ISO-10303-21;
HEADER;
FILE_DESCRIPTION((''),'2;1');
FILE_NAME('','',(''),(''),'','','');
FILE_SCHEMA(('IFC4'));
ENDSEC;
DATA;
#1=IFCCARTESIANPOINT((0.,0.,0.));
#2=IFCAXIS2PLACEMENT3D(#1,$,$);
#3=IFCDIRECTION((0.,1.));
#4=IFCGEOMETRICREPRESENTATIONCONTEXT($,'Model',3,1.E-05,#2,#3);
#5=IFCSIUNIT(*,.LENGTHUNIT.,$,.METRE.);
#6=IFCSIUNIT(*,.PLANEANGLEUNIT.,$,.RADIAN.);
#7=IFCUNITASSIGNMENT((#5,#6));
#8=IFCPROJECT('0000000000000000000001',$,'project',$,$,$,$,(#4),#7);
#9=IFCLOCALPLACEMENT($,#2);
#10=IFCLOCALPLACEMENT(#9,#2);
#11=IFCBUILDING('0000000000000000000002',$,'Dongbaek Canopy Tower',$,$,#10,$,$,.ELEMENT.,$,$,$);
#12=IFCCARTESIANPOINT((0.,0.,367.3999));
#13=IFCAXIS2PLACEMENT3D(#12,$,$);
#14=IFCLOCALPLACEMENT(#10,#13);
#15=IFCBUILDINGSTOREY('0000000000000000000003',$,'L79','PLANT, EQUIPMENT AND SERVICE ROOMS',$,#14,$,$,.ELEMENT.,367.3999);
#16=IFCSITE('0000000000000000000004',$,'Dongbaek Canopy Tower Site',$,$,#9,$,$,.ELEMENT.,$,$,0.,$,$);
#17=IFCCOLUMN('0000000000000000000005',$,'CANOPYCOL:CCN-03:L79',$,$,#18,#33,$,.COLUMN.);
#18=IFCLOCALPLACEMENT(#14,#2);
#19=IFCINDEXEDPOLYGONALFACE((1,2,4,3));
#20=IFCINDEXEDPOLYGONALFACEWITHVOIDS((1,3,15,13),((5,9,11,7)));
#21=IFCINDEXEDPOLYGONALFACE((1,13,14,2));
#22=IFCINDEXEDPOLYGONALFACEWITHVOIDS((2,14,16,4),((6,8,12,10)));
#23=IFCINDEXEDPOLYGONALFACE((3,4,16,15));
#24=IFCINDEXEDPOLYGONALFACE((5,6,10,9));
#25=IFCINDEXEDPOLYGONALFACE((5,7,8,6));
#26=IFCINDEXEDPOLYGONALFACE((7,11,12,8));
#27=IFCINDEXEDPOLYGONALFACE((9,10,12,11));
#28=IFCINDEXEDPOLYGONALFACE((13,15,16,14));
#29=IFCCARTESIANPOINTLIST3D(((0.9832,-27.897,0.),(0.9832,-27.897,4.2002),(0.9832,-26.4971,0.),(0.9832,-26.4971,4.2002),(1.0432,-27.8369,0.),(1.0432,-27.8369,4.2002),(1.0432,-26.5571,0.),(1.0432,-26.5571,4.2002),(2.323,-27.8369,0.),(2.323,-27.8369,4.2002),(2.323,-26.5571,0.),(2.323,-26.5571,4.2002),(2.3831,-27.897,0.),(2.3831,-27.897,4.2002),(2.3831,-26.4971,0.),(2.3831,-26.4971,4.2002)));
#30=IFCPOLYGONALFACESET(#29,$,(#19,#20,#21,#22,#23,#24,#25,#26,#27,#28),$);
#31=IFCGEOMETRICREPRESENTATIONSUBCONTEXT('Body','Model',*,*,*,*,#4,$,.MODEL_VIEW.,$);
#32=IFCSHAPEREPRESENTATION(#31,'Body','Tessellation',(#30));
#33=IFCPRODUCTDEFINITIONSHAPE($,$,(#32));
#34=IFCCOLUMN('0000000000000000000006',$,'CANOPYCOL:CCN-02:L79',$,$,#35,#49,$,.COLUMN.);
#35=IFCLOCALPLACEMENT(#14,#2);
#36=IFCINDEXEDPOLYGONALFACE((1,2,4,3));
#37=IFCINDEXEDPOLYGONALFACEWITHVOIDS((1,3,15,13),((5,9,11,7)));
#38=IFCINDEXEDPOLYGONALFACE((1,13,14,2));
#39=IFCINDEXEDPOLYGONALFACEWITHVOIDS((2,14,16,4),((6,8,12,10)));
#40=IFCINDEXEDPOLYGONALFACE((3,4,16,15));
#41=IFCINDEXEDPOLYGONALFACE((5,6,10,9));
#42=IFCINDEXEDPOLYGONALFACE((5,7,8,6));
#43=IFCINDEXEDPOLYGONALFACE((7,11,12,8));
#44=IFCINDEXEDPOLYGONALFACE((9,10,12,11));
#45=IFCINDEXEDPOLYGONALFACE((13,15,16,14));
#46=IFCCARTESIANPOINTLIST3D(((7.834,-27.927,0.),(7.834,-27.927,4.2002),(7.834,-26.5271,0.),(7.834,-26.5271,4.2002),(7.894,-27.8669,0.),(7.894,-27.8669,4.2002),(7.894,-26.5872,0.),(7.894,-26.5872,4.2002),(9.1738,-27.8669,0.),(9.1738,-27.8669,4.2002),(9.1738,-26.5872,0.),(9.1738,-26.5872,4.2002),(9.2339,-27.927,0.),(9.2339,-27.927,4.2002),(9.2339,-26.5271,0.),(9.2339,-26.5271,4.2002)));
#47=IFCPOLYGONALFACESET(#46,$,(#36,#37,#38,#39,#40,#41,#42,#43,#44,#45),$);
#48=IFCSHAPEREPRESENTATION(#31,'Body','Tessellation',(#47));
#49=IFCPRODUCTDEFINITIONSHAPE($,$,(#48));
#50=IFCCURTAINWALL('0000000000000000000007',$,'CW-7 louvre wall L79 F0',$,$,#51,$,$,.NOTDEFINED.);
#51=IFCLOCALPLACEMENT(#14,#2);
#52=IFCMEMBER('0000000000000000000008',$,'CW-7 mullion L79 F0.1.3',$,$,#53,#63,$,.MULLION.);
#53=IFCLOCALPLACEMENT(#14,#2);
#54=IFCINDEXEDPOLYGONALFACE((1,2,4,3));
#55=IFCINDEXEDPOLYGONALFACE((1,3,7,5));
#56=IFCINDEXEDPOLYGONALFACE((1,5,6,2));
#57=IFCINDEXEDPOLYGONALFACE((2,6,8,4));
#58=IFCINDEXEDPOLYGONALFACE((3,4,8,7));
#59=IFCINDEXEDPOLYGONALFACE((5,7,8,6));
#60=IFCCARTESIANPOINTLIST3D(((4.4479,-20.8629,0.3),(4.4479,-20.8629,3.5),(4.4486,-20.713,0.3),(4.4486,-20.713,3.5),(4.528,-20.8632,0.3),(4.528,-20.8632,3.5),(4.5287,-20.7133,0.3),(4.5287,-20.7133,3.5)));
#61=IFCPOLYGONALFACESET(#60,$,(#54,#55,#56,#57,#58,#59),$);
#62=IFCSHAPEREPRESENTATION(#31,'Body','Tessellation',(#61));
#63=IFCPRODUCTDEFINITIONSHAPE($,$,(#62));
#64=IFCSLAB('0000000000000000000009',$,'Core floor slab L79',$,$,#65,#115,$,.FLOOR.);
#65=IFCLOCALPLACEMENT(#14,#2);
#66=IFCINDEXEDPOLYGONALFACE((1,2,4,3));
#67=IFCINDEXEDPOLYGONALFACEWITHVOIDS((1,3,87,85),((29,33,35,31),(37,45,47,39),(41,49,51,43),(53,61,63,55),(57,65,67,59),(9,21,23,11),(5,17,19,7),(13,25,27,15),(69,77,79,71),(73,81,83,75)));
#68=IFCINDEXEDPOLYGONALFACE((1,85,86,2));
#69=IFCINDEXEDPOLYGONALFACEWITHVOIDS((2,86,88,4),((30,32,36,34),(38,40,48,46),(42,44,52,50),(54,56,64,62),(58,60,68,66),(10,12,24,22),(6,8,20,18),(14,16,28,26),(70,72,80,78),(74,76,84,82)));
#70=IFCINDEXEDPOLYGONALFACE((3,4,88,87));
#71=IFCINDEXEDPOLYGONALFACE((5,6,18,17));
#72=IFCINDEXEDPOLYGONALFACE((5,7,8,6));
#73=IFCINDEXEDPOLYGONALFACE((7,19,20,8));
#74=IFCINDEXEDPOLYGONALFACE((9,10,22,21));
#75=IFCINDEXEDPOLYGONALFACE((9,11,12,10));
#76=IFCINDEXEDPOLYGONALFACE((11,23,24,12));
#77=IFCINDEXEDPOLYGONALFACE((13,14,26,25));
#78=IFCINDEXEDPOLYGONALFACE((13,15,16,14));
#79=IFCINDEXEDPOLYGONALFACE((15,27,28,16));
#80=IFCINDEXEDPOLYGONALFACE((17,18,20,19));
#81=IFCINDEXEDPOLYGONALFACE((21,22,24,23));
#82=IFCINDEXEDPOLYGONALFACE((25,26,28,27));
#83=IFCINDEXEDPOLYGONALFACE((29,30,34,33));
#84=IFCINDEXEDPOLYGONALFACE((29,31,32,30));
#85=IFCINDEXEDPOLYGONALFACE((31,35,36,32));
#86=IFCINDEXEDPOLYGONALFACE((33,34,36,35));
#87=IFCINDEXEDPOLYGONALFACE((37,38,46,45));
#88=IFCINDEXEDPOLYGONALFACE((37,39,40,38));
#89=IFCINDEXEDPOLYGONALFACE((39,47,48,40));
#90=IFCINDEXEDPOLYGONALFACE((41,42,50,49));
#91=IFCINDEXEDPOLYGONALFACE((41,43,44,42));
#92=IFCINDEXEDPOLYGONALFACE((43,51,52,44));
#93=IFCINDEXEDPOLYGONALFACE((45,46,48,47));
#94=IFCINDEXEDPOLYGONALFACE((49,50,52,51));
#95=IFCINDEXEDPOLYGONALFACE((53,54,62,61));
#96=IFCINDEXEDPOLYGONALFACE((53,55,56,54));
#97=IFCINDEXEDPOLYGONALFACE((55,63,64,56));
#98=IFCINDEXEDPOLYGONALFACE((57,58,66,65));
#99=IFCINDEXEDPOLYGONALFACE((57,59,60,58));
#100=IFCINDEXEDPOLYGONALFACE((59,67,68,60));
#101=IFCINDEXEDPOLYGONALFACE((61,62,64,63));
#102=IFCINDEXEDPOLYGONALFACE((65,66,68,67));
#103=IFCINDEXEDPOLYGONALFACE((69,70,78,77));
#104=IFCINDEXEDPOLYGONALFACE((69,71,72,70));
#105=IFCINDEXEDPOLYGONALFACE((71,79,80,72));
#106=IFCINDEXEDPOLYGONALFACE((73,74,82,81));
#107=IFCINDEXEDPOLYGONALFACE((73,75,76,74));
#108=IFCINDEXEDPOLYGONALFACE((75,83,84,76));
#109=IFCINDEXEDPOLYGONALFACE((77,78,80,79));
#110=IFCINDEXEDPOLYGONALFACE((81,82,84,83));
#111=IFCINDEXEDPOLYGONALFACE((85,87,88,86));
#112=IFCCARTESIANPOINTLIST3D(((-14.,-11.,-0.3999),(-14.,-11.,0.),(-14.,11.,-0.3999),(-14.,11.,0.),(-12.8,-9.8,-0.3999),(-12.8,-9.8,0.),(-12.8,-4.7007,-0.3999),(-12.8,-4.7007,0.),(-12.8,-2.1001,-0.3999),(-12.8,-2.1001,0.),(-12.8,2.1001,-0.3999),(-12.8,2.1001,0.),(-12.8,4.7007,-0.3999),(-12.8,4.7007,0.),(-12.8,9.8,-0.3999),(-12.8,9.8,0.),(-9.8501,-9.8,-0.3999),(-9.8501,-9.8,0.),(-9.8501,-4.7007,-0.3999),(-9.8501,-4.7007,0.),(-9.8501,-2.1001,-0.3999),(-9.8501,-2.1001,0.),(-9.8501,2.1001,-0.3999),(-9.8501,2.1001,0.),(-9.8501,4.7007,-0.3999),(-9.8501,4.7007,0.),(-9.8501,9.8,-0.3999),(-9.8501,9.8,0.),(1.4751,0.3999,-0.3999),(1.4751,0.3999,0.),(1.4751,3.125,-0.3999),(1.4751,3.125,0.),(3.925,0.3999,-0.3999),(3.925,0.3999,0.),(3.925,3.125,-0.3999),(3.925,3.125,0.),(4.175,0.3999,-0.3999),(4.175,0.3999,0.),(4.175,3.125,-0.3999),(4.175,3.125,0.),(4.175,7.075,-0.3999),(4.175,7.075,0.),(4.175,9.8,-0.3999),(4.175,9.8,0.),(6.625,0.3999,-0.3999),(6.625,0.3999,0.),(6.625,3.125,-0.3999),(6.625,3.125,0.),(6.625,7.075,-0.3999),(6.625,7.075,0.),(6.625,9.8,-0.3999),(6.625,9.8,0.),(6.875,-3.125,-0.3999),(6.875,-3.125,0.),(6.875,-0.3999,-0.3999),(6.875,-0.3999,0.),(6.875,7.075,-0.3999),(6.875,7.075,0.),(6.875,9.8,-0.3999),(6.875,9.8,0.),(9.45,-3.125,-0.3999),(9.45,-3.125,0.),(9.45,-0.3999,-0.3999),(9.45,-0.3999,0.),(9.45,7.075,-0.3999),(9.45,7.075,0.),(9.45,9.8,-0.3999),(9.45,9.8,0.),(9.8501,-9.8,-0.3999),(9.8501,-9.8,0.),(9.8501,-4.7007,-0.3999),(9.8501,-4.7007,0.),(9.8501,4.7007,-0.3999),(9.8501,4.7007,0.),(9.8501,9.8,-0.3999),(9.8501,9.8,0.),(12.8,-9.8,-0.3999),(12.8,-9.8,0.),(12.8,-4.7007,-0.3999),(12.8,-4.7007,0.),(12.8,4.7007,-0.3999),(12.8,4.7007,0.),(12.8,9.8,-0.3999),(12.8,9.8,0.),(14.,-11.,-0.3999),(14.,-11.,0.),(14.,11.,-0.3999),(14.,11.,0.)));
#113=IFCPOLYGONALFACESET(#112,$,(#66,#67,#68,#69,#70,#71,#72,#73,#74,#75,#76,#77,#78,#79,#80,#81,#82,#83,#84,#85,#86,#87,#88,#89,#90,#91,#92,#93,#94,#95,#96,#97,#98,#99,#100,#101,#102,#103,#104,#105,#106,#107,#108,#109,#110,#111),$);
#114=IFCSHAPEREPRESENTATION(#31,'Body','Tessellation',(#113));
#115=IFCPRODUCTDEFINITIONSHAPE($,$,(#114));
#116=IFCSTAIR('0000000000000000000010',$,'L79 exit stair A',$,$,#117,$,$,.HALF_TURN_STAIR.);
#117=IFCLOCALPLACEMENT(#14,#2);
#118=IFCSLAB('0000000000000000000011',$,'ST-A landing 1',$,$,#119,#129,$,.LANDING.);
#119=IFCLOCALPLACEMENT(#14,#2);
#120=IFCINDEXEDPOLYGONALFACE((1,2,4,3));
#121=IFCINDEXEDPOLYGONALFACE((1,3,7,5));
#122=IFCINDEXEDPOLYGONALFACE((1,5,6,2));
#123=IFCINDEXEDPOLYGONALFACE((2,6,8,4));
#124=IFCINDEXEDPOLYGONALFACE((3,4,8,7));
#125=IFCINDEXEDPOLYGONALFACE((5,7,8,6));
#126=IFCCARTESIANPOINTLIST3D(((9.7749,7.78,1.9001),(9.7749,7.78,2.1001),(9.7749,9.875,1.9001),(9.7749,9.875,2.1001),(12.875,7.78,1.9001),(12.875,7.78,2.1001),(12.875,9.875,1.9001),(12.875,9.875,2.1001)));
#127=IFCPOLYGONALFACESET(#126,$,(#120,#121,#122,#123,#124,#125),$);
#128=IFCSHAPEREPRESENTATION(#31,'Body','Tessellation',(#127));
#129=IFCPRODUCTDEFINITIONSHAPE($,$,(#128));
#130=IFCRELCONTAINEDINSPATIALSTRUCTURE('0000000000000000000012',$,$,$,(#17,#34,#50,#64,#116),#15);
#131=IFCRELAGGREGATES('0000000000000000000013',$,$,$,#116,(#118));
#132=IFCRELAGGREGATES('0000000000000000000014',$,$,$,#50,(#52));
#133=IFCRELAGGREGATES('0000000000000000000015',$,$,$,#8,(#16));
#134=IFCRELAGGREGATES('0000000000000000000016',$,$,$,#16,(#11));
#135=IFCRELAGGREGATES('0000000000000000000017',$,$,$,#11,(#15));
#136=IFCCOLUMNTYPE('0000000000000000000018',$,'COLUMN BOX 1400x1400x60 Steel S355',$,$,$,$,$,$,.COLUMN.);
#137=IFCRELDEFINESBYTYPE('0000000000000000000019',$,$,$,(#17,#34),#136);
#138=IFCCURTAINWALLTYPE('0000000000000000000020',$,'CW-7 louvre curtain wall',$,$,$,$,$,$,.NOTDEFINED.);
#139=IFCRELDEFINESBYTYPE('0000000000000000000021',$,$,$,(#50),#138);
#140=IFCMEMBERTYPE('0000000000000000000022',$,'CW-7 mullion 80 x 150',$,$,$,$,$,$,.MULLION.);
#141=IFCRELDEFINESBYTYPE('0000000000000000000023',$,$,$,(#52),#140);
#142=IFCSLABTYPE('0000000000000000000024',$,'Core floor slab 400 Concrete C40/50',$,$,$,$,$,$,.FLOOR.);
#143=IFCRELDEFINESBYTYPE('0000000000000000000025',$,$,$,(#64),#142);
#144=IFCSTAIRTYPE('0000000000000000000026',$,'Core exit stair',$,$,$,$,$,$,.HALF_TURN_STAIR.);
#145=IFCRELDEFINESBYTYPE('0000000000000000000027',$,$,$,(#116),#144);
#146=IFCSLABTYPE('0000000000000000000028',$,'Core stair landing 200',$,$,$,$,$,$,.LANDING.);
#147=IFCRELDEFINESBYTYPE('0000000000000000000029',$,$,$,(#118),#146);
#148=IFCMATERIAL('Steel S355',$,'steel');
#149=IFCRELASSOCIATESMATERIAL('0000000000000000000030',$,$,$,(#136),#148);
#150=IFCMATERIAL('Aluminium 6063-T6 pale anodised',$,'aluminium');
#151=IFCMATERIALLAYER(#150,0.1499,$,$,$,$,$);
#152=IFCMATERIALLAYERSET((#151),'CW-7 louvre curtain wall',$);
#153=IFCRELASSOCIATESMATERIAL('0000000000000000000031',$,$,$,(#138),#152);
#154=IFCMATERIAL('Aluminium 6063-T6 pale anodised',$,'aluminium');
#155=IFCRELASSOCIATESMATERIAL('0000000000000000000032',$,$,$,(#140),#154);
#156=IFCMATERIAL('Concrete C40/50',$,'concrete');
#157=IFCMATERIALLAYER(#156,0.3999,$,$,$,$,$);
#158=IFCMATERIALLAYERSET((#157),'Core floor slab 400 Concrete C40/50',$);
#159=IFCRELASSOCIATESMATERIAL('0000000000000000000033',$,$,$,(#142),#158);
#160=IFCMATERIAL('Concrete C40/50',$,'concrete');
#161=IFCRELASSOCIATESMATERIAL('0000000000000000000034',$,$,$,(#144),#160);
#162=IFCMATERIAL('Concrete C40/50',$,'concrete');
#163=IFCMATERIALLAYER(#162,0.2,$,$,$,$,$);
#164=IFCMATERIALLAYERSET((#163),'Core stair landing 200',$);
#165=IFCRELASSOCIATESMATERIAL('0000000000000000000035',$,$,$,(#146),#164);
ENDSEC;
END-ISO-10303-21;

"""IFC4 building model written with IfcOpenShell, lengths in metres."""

from ifc_helpers import new_model, si_unit, direction, frame, origin, origin_2d, place, context, subcontext, project, spatial, polyline, rectangle, hollow_rectangle, outline, extrude, material, layer, layer_set, material_profile, profile_set, type_object, element, aggregate, save


model = new_model("IFC4")

# Units and contexts
model_context = context("Model", 3, precision=1e-05, world=origin(), true_north=direction((0.0, 1.0)))
body_context = subcontext(model_context, "Body", "Model", "MODEL_VIEW")
ifc_project = project(units=[si_unit("LENGTHUNIT", "METRE"), si_unit("PLANEANGLEUNIT", "RADIAN")], contexts=[model_context])

# Site, building, storey
site_placement = place(None, origin())
site = spatial("IfcSite", under=ifc_project, at=site_placement, Name="Dongbaek Canopy Tower Site", CompositionType="ELEMENT", RefElevation=0.0)
building_placement = place(site_placement, origin())
building = spatial("IfcBuilding", under=site, at=building_placement, Name="Dongbaek Canopy Tower", CompositionType="ELEMENT")
storey_placement = place(building_placement, frame((0.0, 0.0, 367.3999)))
storey = spatial("IfcBuildingStorey", under=building, at=storey_placement, Name="L79", Description="PLANT, EQUIPMENT AND SERVICE ROOMS", CompositionType="ELEMENT", Elevation=367.3999)

# Columns
ifc_material_1 = material(Name="Steel S355", Category="steel")
ifc_material_profile_1 = material_profile(ifc_material_1, hollow_rectangle(XDim=1.3999, YDim=1.3999, WallThickness=0.0601, at=origin_2d()), Name="COLUMN BOX 1400x1400x60 Steel S355")
ifc_profile_set_1 = profile_set([ifc_material_profile_1], Name="Steel S355")
column_type = type_object("IfcColumnType", Name="COLUMN BOX 1400x1400x60 Steel S355", PredefinedType="COLUMN", material=ifc_profile_set_1)
for number, where, z_axis, x_axis, name in (
    (1, (1.6831, -27.197, 0.0), (0.0, 0.0, 1.0), (1.0, 0.0, 0.0), "CANOPYCOL:CCN-03:L79"),
    (2, (8.5339, -27.2271, 0.0), (0.0, 0.0, 1.0), (1.0, 0.0, 0.0), "CANOPYCOL:CCN-02:L79"),
):
    element("IfcColumn", number, at=place(storey_placement, frame(where, z_axis=z_axis, x_axis=x_axis)), inside=storey, type_object=column_type, Name=name, PredefinedType="COLUMN", context=body_context, shape_type="SweptSolid", body=[
        extrude(hollow_rectangle(XDim=1.3999, YDim=1.3999, WallThickness=0.0601, at=origin_2d()), origin(), (0.0, 0.0, 1.0), 4.2002),
    ])

# Curtain wall, member
ifc_material_2 = material(Name="Aluminium 6063-T6 pale anodised", Category="aluminium")
ifc_layer_1 = layer(ifc_material_2, 0.1499)
ifc_layer_set_1 = layer_set([ifc_layer_1], Name="CW-7 louvre curtain wall")
curtain_wall_type = type_object("IfcCurtainWallType", Name="CW-7 louvre curtain wall", PredefinedType="NOTDEFINED", material=ifc_layer_set_1)
curtain_wall_placement = place(storey_placement, origin())
curtain_wall = element("IfcCurtainWall", 3, at=curtain_wall_placement, inside=storey, type_object=curtain_wall_type, Name="CW-7 louvre wall L79 F0", PredefinedType="NOTDEFINED")
ifc_material_3 = material(Name="Aluminium 6063-T6 pale anodised", Category="aluminium")
ifc_material_profile_2 = material_profile(ifc_material_3, rectangle(XDim=0.1499, YDim=0.0801, at=origin_2d()), Name="CW-7 mullion 80 x 150")
ifc_profile_set_2 = profile_set([ifc_material_profile_2], Name="Aluminium 6063-T6 pale anodised")
member_type = type_object("IfcMemberType", Name="CW-7 mullion 80 x 150", PredefinedType="MULLION", material=ifc_profile_set_2)
member_placement = place(storey_placement, frame((4.4883, -20.7881, 0.3), z_axis=(0.0, 0.0, 1.0), x_axis=(-0.004466, -0.99999, 0.0)))
member = element("IfcMember", 4, at=member_placement, type_object=member_type, Name="CW-7 mullion L79 F0.1.3", PredefinedType="MULLION", context=body_context, shape_type="SweptSolid", body=[
    extrude(rectangle(XDim=0.1499, YDim=0.0801, at=origin_2d()), origin(), (0.0, 0.0, 1.0), 3.2),
])

# Slab
ifc_material_4 = material(Name="Concrete C40/50", Category="concrete")
ifc_layer_2 = layer(ifc_material_4, 0.3999)
ifc_layer_set_2 = layer_set([ifc_layer_2], Name="Core floor slab 400 Concrete C40/50")
slab_type_1 = type_object("IfcSlabType", Name="Core floor slab 400 Concrete C40/50", PredefinedType="FLOOR", material=ifc_layer_set_2)
slab_1_placement = place(storey_placement, frame((0.0, 0.0, -0.3999)))
element("IfcSlab", 5, at=slab_1_placement, inside=storey, type_object=slab_type_1, Name="Core floor slab L79", PredefinedType="FLOOR", context=body_context, shape_type="SweptSolid", body=[
    extrude(outline(polyline([(14.0, -11.0), (14.0, 11.0), (-14.0, 11.0), (-14.0, -11.0), (14.0, -11.0)]), holes=[polyline([(-12.8, 2.1001), (-9.8501, 2.1001), (-9.8501, -2.1001), (-12.8, -2.1001), (-12.8, 2.1001)]), polyline([(6.625, 9.8), (6.625, 7.075), (4.175, 7.075), (4.175, 9.8), (6.625, 9.8)]), polyline([(9.45, 7.075), (6.875, 7.075), (6.875, 9.8), (9.45, 9.8), (9.45, 7.075)]), polyline([(1.4751, 3.125), (3.925, 3.125), (3.925, 0.3999), (1.4751, 0.3999), (1.4751, 3.125)]), polyline([(4.175, 0.3999), (4.175, 3.125), (6.625, 3.125), (6.625, 0.3999), (4.175, 0.3999)]), polyline([(9.45, -3.125), (6.875, -3.125), (6.875, -0.3999), (9.45, -0.3999), (9.45, -3.125)]), polyline([(12.8, 4.7007), (12.8, 9.8), (9.8501, 9.8), (9.8501, 4.7007), (12.8, 4.7007)]), polyline([(-9.8501, 4.7007), (-9.8501, 9.8), (-12.8, 9.8), (-12.8, 4.7007), (-9.8501, 4.7007)]), polyline([(9.8501, -4.7007), (9.8501, -9.8), (12.8, -9.8), (12.8, -4.7007), (9.8501, -4.7007)]), polyline([(-12.8, -4.7007), (-12.8, -9.8), (-9.8501, -9.8), (-9.8501, -4.7007), (-12.8, -4.7007)])]), origin(), (0.0, 0.0, 1.0), 0.3999),
])

# Stair, slab
ifc_material_5 = material(Name="Concrete C40/50", Category="concrete")
stair_type = type_object("IfcStairType", Name="Core exit stair", PredefinedType="HALF_TURN_STAIR", material=ifc_material_5)
stair_placement = place(storey_placement, origin())
stair = element("IfcStair", 6, at=stair_placement, inside=storey, type_object=stair_type, Name="L79 exit stair A", PredefinedType="HALF_TURN_STAIR")
ifc_material_6 = material(Name="Concrete C40/50", Category="concrete")
ifc_layer_3 = layer(ifc_material_6, 0.2)
ifc_layer_set_3 = layer_set([ifc_layer_3], Name="Core stair landing 200")
slab_type_2 = type_object("IfcSlabType", Name="Core stair landing 200", PredefinedType="LANDING", material=ifc_layer_set_3)
slab_2_placement = place(storey_placement, frame((0.0, 0.0, 1.9001)))
slab_2 = element("IfcSlab", 7, at=slab_2_placement, type_object=slab_type_2, Name="ST-A landing 1", PredefinedType="LANDING", context=body_context, shape_type="SweptSolid", body=[
    extrude(outline(polyline([(12.875, 7.78), (12.875, 9.875), (9.7749, 9.875), (9.7749, 7.78), (12.875, 7.78)])), origin(), (0.0, 0.0, 1.0), 0.2),
])
aggregate(stair, [slab_2])

aggregate(curtain_wall, [member])

save(model, "model.ifc")
